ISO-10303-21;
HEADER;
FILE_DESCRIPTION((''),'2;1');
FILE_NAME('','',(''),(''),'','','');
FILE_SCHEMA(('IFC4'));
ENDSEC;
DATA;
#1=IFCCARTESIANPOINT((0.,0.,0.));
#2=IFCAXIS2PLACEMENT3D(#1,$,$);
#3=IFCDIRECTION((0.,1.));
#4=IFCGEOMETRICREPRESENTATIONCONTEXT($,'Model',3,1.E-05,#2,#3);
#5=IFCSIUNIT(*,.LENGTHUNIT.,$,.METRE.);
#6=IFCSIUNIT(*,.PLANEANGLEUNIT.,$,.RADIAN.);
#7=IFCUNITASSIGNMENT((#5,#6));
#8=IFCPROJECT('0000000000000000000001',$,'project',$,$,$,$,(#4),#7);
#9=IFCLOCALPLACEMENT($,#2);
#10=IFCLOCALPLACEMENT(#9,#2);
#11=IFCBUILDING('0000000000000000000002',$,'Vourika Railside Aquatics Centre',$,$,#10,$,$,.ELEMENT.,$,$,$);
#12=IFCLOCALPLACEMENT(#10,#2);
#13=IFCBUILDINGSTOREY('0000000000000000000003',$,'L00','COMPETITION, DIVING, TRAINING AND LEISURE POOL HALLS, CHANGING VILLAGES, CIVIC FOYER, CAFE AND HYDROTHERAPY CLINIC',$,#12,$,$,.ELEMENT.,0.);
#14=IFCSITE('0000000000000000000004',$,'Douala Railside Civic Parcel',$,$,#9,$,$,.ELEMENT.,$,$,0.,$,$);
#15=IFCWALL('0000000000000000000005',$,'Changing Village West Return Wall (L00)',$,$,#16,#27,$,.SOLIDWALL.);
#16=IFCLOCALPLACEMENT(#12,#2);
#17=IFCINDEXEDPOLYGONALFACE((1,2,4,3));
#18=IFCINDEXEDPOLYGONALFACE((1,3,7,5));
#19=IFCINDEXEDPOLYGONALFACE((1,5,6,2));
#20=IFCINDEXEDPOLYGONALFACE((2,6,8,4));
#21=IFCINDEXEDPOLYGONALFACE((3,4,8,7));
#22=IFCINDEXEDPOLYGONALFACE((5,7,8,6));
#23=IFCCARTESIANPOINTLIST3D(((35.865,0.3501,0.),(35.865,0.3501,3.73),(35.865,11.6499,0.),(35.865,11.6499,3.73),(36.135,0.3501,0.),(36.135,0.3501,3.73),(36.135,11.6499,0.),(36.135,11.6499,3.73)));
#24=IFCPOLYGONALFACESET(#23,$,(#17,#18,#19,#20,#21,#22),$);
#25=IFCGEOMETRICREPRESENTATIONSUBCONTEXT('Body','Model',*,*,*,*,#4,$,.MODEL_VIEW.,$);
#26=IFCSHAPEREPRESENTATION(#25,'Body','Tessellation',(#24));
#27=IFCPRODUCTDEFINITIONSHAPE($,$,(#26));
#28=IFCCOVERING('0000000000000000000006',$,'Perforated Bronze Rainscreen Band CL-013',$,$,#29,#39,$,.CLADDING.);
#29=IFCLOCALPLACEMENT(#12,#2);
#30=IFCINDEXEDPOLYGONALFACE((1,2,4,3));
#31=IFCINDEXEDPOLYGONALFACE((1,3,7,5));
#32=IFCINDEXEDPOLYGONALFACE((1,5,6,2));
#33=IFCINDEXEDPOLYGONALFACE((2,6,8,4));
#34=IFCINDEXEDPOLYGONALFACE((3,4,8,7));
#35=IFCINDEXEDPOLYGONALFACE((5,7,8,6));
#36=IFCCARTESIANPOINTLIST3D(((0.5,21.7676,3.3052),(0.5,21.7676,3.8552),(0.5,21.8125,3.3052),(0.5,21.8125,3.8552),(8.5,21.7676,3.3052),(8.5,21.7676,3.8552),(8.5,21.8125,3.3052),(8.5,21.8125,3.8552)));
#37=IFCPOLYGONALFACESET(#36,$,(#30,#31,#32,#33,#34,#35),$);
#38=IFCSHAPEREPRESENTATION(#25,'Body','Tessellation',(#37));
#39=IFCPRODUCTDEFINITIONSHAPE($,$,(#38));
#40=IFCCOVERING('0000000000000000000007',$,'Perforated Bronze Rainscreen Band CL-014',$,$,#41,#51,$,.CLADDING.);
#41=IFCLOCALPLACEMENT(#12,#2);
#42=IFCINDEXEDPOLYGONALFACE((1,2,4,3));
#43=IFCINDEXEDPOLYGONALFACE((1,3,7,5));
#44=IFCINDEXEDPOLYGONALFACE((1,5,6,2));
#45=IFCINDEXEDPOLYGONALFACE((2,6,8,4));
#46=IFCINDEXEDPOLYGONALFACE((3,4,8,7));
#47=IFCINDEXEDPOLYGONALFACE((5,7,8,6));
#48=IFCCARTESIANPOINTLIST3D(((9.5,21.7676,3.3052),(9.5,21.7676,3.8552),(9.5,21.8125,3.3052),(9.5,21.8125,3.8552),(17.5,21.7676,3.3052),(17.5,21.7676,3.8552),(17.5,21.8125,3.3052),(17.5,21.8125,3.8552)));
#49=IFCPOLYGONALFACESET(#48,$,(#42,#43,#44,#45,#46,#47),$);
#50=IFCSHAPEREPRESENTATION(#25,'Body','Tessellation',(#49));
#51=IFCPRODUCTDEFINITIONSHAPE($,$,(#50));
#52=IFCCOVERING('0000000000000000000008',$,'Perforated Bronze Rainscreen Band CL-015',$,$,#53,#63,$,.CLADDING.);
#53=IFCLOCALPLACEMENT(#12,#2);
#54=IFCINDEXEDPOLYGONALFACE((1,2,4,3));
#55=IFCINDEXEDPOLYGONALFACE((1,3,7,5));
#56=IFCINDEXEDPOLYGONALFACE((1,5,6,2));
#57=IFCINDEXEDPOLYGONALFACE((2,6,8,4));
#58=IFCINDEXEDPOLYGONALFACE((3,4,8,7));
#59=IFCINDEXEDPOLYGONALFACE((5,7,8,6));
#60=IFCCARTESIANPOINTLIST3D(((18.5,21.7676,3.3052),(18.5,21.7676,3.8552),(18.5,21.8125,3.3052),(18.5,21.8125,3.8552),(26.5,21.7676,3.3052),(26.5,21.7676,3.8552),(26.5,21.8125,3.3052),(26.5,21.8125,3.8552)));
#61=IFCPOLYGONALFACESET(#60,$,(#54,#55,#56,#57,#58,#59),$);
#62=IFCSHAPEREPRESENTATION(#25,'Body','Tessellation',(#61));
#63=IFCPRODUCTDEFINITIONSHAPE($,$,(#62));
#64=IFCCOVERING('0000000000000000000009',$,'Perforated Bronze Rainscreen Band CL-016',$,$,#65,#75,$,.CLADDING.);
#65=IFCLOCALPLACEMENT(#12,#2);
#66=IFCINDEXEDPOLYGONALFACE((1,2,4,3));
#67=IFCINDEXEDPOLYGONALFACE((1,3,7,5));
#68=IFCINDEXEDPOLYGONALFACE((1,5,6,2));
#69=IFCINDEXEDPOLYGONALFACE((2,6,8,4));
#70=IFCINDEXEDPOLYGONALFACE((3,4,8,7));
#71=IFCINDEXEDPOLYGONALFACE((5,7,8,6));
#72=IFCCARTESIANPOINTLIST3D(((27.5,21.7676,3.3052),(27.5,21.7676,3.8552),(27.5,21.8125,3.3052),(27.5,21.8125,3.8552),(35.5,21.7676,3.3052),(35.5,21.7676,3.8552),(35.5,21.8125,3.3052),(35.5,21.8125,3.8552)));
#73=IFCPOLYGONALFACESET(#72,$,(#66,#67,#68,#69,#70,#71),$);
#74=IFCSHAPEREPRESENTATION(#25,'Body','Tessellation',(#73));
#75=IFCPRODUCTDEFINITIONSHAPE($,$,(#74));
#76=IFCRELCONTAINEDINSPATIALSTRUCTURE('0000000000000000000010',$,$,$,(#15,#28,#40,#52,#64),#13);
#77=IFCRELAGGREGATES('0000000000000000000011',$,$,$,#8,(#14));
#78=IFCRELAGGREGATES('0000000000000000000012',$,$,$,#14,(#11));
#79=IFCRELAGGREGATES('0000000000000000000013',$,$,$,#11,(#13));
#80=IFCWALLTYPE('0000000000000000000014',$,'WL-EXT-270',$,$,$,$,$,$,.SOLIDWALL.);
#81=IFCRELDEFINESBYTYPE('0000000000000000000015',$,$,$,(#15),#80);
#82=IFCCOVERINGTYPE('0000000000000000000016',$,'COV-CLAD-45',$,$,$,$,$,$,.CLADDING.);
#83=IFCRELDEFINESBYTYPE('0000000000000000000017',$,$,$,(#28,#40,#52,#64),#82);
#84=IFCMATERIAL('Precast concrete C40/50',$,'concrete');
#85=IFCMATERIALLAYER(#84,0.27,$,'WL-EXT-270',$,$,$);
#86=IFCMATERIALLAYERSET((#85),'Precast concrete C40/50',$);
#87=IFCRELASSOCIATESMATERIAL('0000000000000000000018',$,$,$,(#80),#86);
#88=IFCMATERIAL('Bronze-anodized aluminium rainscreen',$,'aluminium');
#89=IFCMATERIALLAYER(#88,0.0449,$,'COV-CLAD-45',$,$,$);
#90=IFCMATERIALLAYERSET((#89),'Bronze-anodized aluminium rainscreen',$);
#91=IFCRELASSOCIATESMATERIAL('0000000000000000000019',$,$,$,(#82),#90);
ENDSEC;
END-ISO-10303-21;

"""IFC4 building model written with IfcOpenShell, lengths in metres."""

from ifc_helpers import new_model, si_unit, direction, frame, frame_2d, origin, origin_2d, place, context, subcontext, project, spatial, rectangle, extrude, material, layer, layer_set, type_object, element, save


model = new_model("IFC4")

# Units and contexts
model_context = context("Model", 3, precision=1e-05, world=origin(), true_north=direction((0.0, 1.0)))
body_context = subcontext(model_context, "Body", "Model", "MODEL_VIEW")
ifc_project = project(units=[si_unit("LENGTHUNIT", "METRE"), si_unit("PLANEANGLEUNIT", "RADIAN")], contexts=[model_context])

# Site, building, storey
site_placement = place(None, origin())
site = spatial("IfcSite", under=ifc_project, at=site_placement, Name="Douala Railside Civic Parcel", CompositionType="ELEMENT", RefElevation=0.0)
building_placement = place(site_placement, origin())
building = spatial("IfcBuilding", under=site, at=building_placement, Name="Vourika Railside Aquatics Centre", CompositionType="ELEMENT")
storey_placement = place(building_placement, origin())
storey = spatial("IfcBuildingStorey", under=building, at=storey_placement, Name="L00", Description="COMPETITION, DIVING, TRAINING AND LEISURE POOL HALLS, CHANGING VILLAGES, CIVIC FOYER, CAFE AND HYDROTHERAPY CLINIC", CompositionType="ELEMENT", Elevation=0.0)

# Wall
ifc_material_1 = material(Name="Precast concrete C40/50", Category="concrete")
ifc_layer_1 = layer(ifc_material_1, 0.27, Name="WL-EXT-270")
ifc_layer_set_1 = layer_set([ifc_layer_1], Name="Precast concrete C40/50")
wall_type = type_object("IfcWallType", Name="WL-EXT-270", PredefinedType="SOLIDWALL", material=ifc_layer_set_1)
wall_placement = place(storey_placement, frame((36.0, 11.6499, 0.0), z_axis=(0.0, 0.0, 1.0), x_axis=(0.0, -1.0, 0.0)))
element("IfcWall", 1, at=wall_placement, inside=storey, type_object=wall_type, Name="Changing Village West Return Wall (L00)", PredefinedType="SOLIDWALL", context=body_context, shape_type="SweptSolid", body=[
    extrude(rectangle(XDim=11.2998, YDim=0.27, at=frame_2d((5.6499, 0.0))), origin(), (0.0, 0.0, 1.0), 3.73),
])

# Coverings
ifc_material_2 = material(Name="Bronze-anodized aluminium rainscreen", Category="aluminium")
ifc_layer_2 = layer(ifc_material_2, 0.0449, Name="COV-CLAD-45")
ifc_layer_set_2 = layer_set([ifc_layer_2], Name="Bronze-anodized aluminium rainscreen")
covering_type = type_object("IfcCoveringType", Name="COV-CLAD-45", PredefinedType="CLADDING", material=ifc_layer_set_2)
for number, where, z_axis, x_axis, name in (
    (2, (4.5, 21.79, 3.3052), (0.0, 0.0, 1.0), (1.0, 0.0, 0.0), "Perforated Bronze Rainscreen Band CL-013"),
    (3, (13.5, 21.79, 3.3052), (0.0, 0.0, 1.0), (1.0, 0.0, 0.0), "Perforated Bronze Rainscreen Band CL-014"),
    (4, (22.5, 21.79, 3.3052), (0.0, 0.0, 1.0), (1.0, 0.0, 0.0), "Perforated Bronze Rainscreen Band CL-015"),
    (5, (31.5, 21.79, 3.3052), (0.0, 0.0, 1.0), (1.0, 0.0, 0.0), "Perforated Bronze Rainscreen Band CL-016"),
):
    element("IfcCovering", number, at=place(storey_placement, frame(where, z_axis=z_axis, x_axis=x_axis)), inside=storey, type_object=covering_type, Name=name, PredefinedType="CLADDING", context=body_context, shape_type="SweptSolid", body=[
        extrude(rectangle(XDim=8.0, YDim=0.0449, at=origin_2d()), origin(), (0.0, 0.0, 1.0), 0.55),
    ])

save(model, "model.ifc")
